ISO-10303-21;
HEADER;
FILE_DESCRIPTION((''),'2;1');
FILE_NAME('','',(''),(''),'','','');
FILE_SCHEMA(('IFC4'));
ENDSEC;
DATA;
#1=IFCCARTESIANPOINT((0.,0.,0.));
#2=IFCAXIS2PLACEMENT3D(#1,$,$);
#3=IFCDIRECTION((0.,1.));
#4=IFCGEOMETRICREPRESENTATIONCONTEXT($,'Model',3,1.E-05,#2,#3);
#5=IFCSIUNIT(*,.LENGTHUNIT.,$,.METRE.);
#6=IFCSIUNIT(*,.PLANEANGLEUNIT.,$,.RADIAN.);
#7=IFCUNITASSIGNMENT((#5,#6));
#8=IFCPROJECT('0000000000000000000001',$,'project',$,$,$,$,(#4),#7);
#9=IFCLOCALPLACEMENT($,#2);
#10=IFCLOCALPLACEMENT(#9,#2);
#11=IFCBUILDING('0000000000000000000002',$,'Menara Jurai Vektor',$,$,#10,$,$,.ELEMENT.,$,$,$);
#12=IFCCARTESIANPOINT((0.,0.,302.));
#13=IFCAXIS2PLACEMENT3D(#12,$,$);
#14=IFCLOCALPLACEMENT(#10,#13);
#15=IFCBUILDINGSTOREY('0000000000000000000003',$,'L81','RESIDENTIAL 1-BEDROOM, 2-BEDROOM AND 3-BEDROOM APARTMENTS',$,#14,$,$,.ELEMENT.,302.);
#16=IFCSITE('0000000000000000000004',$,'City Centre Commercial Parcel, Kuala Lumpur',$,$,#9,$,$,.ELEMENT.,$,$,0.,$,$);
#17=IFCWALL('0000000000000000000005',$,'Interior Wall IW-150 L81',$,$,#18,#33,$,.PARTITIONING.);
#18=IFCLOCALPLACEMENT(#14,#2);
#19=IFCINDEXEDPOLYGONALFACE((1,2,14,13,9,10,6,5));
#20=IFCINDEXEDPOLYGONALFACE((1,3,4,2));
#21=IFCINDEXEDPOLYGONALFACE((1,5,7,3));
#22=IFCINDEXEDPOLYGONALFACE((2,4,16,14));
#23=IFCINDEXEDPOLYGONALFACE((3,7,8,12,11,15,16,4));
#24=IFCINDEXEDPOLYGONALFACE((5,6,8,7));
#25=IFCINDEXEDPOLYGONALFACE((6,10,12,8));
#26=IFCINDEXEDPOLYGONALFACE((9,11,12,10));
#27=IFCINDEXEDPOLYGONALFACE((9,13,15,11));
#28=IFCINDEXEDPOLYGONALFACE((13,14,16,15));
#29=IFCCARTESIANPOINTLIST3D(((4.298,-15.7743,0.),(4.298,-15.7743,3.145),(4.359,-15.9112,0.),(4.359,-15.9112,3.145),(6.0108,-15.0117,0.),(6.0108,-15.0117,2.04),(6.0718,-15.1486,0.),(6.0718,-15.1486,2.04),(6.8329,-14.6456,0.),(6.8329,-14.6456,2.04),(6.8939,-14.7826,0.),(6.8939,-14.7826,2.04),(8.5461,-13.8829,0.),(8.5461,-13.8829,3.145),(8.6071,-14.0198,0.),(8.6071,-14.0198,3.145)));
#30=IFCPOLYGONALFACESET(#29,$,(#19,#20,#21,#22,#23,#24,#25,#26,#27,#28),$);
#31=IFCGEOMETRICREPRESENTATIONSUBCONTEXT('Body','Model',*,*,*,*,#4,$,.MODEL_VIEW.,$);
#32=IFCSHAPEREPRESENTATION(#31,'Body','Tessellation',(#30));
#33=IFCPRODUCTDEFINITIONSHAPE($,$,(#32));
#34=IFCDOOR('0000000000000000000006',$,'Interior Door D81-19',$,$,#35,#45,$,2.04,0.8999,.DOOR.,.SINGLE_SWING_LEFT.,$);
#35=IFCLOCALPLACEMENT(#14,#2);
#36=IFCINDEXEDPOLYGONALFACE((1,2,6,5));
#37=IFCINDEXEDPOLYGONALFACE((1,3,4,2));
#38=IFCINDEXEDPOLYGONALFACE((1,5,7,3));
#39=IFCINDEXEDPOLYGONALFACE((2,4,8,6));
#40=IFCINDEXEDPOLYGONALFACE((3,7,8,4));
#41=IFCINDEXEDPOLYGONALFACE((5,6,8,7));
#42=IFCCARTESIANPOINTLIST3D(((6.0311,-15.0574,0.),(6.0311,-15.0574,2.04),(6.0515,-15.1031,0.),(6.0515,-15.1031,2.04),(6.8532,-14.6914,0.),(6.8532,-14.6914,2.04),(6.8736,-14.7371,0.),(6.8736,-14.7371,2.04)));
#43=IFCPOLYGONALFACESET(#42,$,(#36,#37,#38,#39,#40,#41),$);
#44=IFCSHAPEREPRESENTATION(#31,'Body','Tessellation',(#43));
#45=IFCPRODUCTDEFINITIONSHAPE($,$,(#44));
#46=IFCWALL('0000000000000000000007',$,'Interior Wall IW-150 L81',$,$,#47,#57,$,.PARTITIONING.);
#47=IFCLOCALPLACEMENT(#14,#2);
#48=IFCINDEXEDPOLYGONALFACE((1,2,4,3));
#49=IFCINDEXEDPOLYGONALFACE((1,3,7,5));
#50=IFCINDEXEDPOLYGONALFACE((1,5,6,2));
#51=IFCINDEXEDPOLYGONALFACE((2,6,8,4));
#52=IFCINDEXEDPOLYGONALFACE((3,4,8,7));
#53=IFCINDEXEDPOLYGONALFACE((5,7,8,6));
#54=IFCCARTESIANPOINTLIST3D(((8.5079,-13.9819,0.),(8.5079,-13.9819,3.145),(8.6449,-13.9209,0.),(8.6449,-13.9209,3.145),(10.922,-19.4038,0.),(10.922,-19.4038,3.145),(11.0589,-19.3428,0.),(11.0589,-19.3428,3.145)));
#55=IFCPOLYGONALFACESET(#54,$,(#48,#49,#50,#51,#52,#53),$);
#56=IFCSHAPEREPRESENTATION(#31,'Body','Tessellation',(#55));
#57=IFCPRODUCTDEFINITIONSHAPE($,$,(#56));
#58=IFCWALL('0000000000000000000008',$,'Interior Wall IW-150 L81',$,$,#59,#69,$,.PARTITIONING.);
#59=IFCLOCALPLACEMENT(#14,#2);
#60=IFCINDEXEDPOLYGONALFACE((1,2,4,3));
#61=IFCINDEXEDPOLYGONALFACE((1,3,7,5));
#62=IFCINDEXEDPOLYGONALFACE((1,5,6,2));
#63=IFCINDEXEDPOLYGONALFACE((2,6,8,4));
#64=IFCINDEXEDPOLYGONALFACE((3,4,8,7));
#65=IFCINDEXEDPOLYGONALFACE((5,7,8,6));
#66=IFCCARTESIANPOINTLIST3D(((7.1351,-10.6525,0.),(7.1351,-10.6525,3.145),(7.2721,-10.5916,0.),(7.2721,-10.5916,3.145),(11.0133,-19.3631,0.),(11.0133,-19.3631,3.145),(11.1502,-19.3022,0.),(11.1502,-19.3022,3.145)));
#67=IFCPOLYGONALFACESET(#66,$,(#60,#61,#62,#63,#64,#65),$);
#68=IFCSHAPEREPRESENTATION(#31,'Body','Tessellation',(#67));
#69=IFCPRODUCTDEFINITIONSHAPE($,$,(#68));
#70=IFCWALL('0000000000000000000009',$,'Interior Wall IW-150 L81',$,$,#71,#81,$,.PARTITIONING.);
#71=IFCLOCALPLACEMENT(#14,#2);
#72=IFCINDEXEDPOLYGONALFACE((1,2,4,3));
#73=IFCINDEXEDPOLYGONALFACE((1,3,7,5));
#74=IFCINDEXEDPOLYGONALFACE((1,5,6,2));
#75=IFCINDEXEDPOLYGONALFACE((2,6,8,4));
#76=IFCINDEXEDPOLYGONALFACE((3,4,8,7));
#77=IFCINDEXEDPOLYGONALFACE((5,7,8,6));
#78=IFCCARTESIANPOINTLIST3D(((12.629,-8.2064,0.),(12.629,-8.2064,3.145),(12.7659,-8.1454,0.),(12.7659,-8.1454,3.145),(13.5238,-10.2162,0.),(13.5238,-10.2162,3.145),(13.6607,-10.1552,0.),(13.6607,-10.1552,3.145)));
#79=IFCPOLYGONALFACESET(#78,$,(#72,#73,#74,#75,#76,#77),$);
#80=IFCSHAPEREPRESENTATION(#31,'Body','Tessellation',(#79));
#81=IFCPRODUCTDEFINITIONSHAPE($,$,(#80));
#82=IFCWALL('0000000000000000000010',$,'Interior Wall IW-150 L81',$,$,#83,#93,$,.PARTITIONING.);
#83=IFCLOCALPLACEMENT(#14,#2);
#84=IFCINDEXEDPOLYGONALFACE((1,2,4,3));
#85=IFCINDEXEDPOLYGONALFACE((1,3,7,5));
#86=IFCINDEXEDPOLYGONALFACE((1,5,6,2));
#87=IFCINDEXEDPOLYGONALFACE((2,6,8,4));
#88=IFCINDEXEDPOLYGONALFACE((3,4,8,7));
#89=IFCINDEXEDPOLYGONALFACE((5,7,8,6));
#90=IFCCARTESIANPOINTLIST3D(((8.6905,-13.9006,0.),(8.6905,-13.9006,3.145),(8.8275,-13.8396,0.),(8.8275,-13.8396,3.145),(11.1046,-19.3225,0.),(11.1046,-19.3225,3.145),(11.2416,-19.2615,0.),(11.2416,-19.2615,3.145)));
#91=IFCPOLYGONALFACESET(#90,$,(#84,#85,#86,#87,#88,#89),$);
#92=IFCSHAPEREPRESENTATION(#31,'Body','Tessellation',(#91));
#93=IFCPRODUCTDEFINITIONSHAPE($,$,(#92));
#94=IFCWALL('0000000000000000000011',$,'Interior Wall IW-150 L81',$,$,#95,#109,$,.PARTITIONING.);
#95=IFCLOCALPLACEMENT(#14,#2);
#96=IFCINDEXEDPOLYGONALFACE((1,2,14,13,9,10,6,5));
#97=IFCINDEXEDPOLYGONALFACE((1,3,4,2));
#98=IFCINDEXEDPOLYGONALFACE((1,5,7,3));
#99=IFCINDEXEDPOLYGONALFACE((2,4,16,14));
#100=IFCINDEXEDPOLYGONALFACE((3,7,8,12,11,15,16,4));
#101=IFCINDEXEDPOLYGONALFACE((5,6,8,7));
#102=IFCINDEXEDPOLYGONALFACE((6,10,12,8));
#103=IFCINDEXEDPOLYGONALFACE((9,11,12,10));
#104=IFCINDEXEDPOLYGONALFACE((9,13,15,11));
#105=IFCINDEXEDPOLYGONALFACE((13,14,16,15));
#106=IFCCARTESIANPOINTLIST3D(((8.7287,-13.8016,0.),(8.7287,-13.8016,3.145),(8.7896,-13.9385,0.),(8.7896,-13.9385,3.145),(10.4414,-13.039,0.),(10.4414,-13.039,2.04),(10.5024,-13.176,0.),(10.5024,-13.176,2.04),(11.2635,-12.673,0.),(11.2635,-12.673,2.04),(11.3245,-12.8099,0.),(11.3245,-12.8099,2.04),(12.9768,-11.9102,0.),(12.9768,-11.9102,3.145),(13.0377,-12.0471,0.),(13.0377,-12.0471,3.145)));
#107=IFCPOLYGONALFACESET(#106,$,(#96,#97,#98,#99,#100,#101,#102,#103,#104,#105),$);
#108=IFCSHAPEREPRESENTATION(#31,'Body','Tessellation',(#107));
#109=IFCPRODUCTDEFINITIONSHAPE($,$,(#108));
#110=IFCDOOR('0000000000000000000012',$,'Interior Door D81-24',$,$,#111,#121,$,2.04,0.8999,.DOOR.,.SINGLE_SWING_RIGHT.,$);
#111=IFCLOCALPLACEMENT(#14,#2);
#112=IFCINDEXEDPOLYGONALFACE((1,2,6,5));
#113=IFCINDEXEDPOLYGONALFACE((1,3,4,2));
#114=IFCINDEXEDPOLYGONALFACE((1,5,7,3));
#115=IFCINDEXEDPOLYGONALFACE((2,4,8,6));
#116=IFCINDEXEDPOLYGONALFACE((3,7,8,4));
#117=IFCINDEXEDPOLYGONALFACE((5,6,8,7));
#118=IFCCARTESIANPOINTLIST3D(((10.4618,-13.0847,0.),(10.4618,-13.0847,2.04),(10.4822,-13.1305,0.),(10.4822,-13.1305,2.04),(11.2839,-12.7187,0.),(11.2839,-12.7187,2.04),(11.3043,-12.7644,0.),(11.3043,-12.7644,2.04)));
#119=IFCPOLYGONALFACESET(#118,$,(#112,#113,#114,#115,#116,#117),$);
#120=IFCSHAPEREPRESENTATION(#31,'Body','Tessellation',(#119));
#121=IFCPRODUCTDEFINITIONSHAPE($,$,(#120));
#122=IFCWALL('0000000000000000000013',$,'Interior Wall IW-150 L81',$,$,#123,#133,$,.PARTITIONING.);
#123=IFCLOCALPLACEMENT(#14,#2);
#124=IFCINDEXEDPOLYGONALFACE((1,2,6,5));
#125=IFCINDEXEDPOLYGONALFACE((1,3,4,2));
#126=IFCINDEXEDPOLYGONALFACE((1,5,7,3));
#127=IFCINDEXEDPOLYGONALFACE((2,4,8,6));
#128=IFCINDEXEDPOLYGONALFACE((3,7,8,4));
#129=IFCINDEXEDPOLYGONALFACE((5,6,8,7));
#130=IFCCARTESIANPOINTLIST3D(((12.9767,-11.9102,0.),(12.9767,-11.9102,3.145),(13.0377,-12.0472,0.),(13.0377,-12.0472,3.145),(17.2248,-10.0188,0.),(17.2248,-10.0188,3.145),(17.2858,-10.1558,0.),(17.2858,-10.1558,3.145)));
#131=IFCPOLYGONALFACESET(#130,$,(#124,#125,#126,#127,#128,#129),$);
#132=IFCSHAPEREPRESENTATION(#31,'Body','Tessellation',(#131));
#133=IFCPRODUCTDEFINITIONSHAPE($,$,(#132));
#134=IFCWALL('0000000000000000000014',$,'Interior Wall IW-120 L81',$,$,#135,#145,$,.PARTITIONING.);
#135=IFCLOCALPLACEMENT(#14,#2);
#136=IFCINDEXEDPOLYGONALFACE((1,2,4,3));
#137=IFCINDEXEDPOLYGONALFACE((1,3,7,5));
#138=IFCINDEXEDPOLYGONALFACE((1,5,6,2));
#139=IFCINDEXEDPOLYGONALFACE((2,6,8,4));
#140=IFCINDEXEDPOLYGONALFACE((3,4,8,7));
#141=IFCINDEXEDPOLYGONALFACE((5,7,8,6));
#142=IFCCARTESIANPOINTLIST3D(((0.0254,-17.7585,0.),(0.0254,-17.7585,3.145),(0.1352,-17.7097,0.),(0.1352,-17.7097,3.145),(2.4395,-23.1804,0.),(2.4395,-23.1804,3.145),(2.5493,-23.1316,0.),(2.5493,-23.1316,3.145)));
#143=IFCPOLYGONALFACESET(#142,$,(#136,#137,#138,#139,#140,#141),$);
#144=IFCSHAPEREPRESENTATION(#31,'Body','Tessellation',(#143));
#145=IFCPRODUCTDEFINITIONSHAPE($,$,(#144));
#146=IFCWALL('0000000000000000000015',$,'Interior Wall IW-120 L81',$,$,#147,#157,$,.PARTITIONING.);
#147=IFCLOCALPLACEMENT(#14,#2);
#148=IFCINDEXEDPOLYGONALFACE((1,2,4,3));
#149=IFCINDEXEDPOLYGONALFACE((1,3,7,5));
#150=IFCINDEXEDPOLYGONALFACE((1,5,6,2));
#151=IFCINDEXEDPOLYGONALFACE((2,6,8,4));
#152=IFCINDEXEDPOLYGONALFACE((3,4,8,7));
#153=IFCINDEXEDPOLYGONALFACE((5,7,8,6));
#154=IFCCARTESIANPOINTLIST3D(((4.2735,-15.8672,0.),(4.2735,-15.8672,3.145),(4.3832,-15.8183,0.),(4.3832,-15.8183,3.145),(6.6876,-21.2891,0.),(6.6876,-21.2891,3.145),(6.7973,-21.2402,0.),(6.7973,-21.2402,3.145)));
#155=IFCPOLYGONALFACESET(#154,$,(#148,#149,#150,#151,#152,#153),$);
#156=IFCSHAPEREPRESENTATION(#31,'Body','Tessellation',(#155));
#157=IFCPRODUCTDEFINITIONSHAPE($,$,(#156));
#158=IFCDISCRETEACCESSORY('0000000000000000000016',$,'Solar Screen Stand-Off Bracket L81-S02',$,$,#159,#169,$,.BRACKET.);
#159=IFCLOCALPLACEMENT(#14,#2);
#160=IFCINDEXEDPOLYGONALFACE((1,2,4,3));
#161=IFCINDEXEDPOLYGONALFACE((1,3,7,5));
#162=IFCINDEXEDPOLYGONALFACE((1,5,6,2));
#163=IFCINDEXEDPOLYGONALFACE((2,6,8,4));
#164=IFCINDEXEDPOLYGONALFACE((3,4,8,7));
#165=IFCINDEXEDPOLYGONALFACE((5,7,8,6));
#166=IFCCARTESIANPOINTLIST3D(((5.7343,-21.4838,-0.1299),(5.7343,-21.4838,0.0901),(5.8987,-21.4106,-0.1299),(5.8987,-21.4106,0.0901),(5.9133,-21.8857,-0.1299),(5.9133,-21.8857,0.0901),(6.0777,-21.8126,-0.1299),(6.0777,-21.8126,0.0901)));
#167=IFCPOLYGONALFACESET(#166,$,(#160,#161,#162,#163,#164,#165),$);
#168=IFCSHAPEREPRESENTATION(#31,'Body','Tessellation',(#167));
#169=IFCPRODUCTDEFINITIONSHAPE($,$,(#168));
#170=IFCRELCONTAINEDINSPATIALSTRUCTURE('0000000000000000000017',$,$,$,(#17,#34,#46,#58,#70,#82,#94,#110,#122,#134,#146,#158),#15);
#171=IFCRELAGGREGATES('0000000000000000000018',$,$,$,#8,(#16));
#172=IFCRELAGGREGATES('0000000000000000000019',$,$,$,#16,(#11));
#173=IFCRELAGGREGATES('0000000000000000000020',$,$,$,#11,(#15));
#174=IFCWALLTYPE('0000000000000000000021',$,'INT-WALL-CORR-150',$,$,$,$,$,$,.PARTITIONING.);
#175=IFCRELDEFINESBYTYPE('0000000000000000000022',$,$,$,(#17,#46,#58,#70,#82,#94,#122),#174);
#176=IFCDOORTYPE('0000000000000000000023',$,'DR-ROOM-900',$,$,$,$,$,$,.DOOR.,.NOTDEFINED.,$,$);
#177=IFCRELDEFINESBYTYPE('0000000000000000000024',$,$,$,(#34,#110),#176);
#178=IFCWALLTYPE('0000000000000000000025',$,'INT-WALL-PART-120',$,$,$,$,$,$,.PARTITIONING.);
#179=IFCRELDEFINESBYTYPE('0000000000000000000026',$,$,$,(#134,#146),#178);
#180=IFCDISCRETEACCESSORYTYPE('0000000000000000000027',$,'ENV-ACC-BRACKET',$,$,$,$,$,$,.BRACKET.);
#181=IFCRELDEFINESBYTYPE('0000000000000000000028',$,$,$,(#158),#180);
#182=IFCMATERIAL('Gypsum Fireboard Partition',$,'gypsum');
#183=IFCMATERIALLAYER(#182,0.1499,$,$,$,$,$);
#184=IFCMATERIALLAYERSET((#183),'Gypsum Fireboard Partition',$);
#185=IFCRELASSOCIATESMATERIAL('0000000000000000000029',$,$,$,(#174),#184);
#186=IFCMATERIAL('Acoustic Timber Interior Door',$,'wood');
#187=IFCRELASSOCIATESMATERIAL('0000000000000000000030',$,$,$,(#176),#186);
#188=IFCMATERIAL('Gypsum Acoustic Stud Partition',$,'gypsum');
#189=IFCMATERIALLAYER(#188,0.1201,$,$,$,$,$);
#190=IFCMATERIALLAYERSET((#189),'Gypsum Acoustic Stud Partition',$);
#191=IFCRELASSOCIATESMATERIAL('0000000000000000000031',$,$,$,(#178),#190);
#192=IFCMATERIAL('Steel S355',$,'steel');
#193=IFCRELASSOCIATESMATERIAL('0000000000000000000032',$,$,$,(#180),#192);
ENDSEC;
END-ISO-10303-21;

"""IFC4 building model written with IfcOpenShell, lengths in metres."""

from ifc_helpers import new_model, si_unit, direction, frame, frame_2d, origin, origin_2d, place, context, subcontext, project, spatial, rectangle, extrude, material, layer, layer_set, type_object, element, fill, save


model = new_model("IFC4")

# Units and contexts
model_context = context("Model", 3, precision=1e-05, world=origin(), true_north=direction((0.0, 1.0)))
body_context = subcontext(model_context, "Body", "Model", "MODEL_VIEW")
ifc_project = project(units=[si_unit("LENGTHUNIT", "METRE"), si_unit("PLANEANGLEUNIT", "RADIAN")], contexts=[model_context])

# Site, building, storey
site_placement = place(None, origin())
site = spatial("IfcSite", under=ifc_project, at=site_placement, Name="City Centre Commercial Parcel, Kuala Lumpur", CompositionType="ELEMENT", RefElevation=0.0)
building_placement = place(site_placement, origin())
building = spatial("IfcBuilding", under=site, at=building_placement, Name="Menara Jurai Vektor", CompositionType="ELEMENT")
storey_placement = place(building_placement, frame((0.0, 0.0, 302.0)))
storey = spatial("IfcBuildingStorey", under=building, at=storey_placement, Name="L81", Description="RESIDENTIAL 1-BEDROOM, 2-BEDROOM AND 3-BEDROOM APARTMENTS", CompositionType="ELEMENT", Elevation=302.0)

# Shared definitions
ifc_material_1 = material(Name="Steel S355", Category="steel")

# Shared definitions
ifc_material_2 = material(Name="Gypsum Fireboard Partition", Category="gypsum")
ifc_layer_1 = layer(ifc_material_2, 0.1499)
ifc_layer_set_1 = layer_set([ifc_layer_1], Name="Gypsum Fireboard Partition")
wall_type_1 = type_object("IfcWallType", Name="INT-WALL-CORR-150", PredefinedType="PARTITIONING", material=ifc_layer_set_1)

# Wall, opening, door
ifc_material_3 = material(Name="Acoustic Timber Interior Door", Category="wood")
door_type = type_object("IfcDoorType", Name="DR-ROOM-900", OperationType="NOTDEFINED", PredefinedType="DOOR", material=ifc_material_3)
wall_1_placement = place(storey_placement, frame((4.3284, -15.8428, 0.0), z_axis=(0.0, 0.0, 1.0), x_axis=(0.913545, 0.406738, 0.0)))
wall_1 = element("IfcWall", 1, at=wall_1_placement, inside=storey, type_object=wall_type_1, Name="Interior Wall IW-150 L81", PredefinedType="PARTITIONING", context=body_context, shape_type="SweptSolid", body=[
    extrude(rectangle(XDim=4.6501, YDim=0.1499, at=frame_2d((2.3252, 0.0))), origin(), (0.0, 0.0, 1.0), 3.145),
])
opening_1_placement = place(wall_1_placement, frame((1.875, 0.0, 0.0)))
opening_1 = element("IfcOpeningElement", 2, at=opening_1_placement, cuts=wall_1, PredefinedType="OPENING", context=body_context, shape_type="SweptSolid", body=[
    extrude(rectangle(XDim=0.8999, YDim=2.04, at=frame_2d((0.45, 1.02))), frame((0.0, 0.085, 0.0), z_axis=(0.0, -1.0, 0.0), x_axis=(1.0, 0.0, 0.0)), (0.0, 0.0, 1.0), 0.1699),
])
door_1_placement = place(opening_1_placement, origin())
door_1 = element("IfcDoor", 3, at=door_1_placement, inside=storey, type_object=door_type, Name="Interior Door D81-19", OperationType="SINGLE_SWING_LEFT", OverallHeight=2.04, OverallWidth=0.8999, PredefinedType="DOOR", context=body_context, shape_type="SweptSolid", body=[
    extrude(rectangle(XDim=0.8999, YDim=2.04, at=frame_2d((0.45, 1.02))), frame((0.0, 0.0249, 0.0), z_axis=(0.0, -1.0, 0.0), x_axis=(1.0, 0.0, 0.0)), (0.0, 0.0, 1.0), 0.05),
])
fill(opening_1, door_1)

# Walls
wall_2_placement = place(storey_placement, frame((10.9905, -19.3733, 0.0), z_axis=(0.0, 0.0, 1.0), x_axis=(-0.406749, 0.91354, 0.0)))
element("IfcWall", 4, at=wall_2_placement, inside=storey, type_object=wall_type_1, Name="Interior Wall IW-150 L81", PredefinedType="PARTITIONING", context=body_context, shape_type="SweptSolid", body=[
    extrude(rectangle(XDim=5.9351, YDim=0.1499, at=frame_2d((2.9675, 0.0))), origin(), (0.0, 0.0, 1.0), 3.145),
])
wall_3_placement = place(storey_placement, frame((11.0818, -19.3328, 0.0), z_axis=(0.0, 0.0, 1.0), x_axis=(-0.40673, 0.913548, 0.0)))
element("IfcWall", 5, at=wall_3_placement, inside=storey, type_object=wall_type_1, Name="Interior Wall IW-150 L81", PredefinedType="PARTITIONING", context=body_context, shape_type="SweptSolid", body=[
    extrude(rectangle(XDim=9.5349, YDim=0.1499, at=frame_2d((4.7676, 0.0))), origin(), (0.0, 0.0, 1.0), 3.145),
])
wall_4_placement = place(storey_placement, frame((13.5923, -10.1858, 0.0), z_axis=(0.0, 0.0, 1.0), x_axis=(-0.406725, 0.913551, 0.0)))
element("IfcWall", 6, at=wall_4_placement, inside=storey, type_object=wall_type_1, Name="Interior Wall IW-150 L81", PredefinedType="PARTITIONING", context=body_context, shape_type="SweptSolid", body=[
    extrude(rectangle(XDim=2.2, YDim=0.1499, at=frame_2d((1.1001, 0.0))), origin(), (0.0, 0.0, 1.0), 3.145),
])
wall_5_placement = place(storey_placement, frame((11.1731, -19.292, 0.0), z_axis=(0.0, 0.0, 1.0), x_axis=(-0.406749, 0.91354, 0.0)))
element("IfcWall", 7, at=wall_5_placement, inside=storey, type_object=wall_type_1, Name="Interior Wall IW-150 L81", PredefinedType="PARTITIONING", context=body_context, shape_type="SweptSolid", body=[
    extrude(rectangle(XDim=5.9351, YDim=0.1499, at=frame_2d((2.9675, 0.0))), origin(), (0.0, 0.0, 1.0), 3.145),
])

# Wall, opening, door
wall_6_placement = place(storey_placement, frame((8.759, -13.8701, 0.0), z_axis=(0.0, 0.0, 1.0), x_axis=(0.913545, 0.406738, 0.0)))
wall_6 = element("IfcWall", 8, at=wall_6_placement, inside=storey, type_object=wall_type_1, Name="Interior Wall IW-150 L81", PredefinedType="PARTITIONING", context=body_context, shape_type="SweptSolid", body=[
    extrude(rectangle(XDim=4.6501, YDim=0.1499, at=frame_2d((2.3252, 0.0))), origin(), (0.0, 0.0, 1.0), 3.145),
])
opening_2_placement = place(wall_6_placement, frame((1.875, 0.0, 0.0)))
opening_2 = element("IfcOpeningElement", 9, at=opening_2_placement, cuts=wall_6, PredefinedType="OPENING", context=body_context, shape_type="SweptSolid", body=[
    extrude(rectangle(XDim=0.8999, YDim=2.04, at=frame_2d((0.45, 1.02))), frame((0.0, 0.085, 0.0), z_axis=(0.0, -1.0, 0.0), x_axis=(1.0, 0.0, 0.0)), (0.0, 0.0, 1.0), 0.1699),
])
door_2_placement = place(opening_2_placement, origin())
door_2 = element("IfcDoor", 10, at=door_2_placement, inside=storey, type_object=door_type, Name="Interior Door D81-24", OperationType="SINGLE_SWING_RIGHT", OverallHeight=2.04, OverallWidth=0.8999, PredefinedType="DOOR", context=body_context, shape_type="SweptSolid", body=[
    extrude(rectangle(XDim=0.8999, YDim=2.04, at=frame_2d((0.45, 1.02))), frame((0.0, 0.0249, 0.0), z_axis=(0.0, -1.0, 0.0), x_axis=(1.0, 0.0, 0.0)), (0.0, 0.0, 1.0), 0.05),
])
fill(opening_2, door_2)

# Walls
wall_7_placement = place(storey_placement, frame((13.0071, -11.9788, 0.0), z_axis=(0.0, 0.0, 1.0), x_axis=(0.913545, 0.406738, 0.0)))
element("IfcWall", 11, at=wall_7_placement, inside=storey, type_object=wall_type_1, Name="Interior Wall IW-150 L81", PredefinedType="PARTITIONING", context=body_context, shape_type="SweptSolid", body=[
    extrude(rectangle(XDim=4.6501, YDim=0.1499, at=frame_2d((2.3252, 0.0))), origin(), (0.0, 0.0, 1.0), 3.145),
])
ifc_material_4 = material(Name="Gypsum Acoustic Stud Partition", Category="gypsum")
ifc_layer_2 = layer(ifc_material_4, 0.1201)
ifc_layer_set_2 = layer_set([ifc_layer_2], Name="Gypsum Acoustic Stud Partition")
wall_type_2 = type_object("IfcWallType", Name="INT-WALL-PART-120", PredefinedType="PARTITIONING", material=ifc_layer_set_2)
for number, where, z_axis, x_axis, name in (
    (12, (2.4944, -23.156, 0.0), (0.0, 0.0, 1.0), (-0.406749, 0.91354, 0.0), "Interior Wall IW-120 L81"),
    (13, (6.7424, -21.2646, 0.0), (0.0, 0.0, 1.0), (-0.406749, 0.91354, 0.0), "Interior Wall IW-120 L81"),
):
    element("IfcWall", number, at=place(storey_placement, frame(where, z_axis=z_axis, x_axis=x_axis)), inside=storey, type_object=wall_type_2, Name=name, PredefinedType="PARTITIONING", context=body_context, shape_type="SweptSolid", body=[
        extrude(rectangle(XDim=5.9351, YDim=0.1201, at=frame_2d((2.9675, 0.0))), origin(), (0.0, 0.0, 1.0), 3.145),
    ])

# Discrete accessory
discrete_accessory_type = type_object("IfcDiscreteAccessoryType", Name="ENV-ACC-BRACKET", PredefinedType="BRACKET", material=ifc_material_1)
discrete_accessory_placement = place(storey_placement, frame((5.906, -21.6482, -0.1299), z_axis=(0.0, 0.0, 1.0), x_axis=(0.913545, 0.406737, 0.0)))
element("IfcDiscreteAccessory", 14, at=discrete_accessory_placement, inside=storey, type_object=discrete_accessory_type, Name="Solar Screen Stand-Off Bracket L81-S02", PredefinedType="BRACKET", context=body_context, shape_type="SweptSolid", body=[
    extrude(rectangle(XDim=0.1799, YDim=0.4399, at=origin_2d()), origin(), (0.0, 0.0, 1.0), 0.22),
])

save(model, "model.ifc")
